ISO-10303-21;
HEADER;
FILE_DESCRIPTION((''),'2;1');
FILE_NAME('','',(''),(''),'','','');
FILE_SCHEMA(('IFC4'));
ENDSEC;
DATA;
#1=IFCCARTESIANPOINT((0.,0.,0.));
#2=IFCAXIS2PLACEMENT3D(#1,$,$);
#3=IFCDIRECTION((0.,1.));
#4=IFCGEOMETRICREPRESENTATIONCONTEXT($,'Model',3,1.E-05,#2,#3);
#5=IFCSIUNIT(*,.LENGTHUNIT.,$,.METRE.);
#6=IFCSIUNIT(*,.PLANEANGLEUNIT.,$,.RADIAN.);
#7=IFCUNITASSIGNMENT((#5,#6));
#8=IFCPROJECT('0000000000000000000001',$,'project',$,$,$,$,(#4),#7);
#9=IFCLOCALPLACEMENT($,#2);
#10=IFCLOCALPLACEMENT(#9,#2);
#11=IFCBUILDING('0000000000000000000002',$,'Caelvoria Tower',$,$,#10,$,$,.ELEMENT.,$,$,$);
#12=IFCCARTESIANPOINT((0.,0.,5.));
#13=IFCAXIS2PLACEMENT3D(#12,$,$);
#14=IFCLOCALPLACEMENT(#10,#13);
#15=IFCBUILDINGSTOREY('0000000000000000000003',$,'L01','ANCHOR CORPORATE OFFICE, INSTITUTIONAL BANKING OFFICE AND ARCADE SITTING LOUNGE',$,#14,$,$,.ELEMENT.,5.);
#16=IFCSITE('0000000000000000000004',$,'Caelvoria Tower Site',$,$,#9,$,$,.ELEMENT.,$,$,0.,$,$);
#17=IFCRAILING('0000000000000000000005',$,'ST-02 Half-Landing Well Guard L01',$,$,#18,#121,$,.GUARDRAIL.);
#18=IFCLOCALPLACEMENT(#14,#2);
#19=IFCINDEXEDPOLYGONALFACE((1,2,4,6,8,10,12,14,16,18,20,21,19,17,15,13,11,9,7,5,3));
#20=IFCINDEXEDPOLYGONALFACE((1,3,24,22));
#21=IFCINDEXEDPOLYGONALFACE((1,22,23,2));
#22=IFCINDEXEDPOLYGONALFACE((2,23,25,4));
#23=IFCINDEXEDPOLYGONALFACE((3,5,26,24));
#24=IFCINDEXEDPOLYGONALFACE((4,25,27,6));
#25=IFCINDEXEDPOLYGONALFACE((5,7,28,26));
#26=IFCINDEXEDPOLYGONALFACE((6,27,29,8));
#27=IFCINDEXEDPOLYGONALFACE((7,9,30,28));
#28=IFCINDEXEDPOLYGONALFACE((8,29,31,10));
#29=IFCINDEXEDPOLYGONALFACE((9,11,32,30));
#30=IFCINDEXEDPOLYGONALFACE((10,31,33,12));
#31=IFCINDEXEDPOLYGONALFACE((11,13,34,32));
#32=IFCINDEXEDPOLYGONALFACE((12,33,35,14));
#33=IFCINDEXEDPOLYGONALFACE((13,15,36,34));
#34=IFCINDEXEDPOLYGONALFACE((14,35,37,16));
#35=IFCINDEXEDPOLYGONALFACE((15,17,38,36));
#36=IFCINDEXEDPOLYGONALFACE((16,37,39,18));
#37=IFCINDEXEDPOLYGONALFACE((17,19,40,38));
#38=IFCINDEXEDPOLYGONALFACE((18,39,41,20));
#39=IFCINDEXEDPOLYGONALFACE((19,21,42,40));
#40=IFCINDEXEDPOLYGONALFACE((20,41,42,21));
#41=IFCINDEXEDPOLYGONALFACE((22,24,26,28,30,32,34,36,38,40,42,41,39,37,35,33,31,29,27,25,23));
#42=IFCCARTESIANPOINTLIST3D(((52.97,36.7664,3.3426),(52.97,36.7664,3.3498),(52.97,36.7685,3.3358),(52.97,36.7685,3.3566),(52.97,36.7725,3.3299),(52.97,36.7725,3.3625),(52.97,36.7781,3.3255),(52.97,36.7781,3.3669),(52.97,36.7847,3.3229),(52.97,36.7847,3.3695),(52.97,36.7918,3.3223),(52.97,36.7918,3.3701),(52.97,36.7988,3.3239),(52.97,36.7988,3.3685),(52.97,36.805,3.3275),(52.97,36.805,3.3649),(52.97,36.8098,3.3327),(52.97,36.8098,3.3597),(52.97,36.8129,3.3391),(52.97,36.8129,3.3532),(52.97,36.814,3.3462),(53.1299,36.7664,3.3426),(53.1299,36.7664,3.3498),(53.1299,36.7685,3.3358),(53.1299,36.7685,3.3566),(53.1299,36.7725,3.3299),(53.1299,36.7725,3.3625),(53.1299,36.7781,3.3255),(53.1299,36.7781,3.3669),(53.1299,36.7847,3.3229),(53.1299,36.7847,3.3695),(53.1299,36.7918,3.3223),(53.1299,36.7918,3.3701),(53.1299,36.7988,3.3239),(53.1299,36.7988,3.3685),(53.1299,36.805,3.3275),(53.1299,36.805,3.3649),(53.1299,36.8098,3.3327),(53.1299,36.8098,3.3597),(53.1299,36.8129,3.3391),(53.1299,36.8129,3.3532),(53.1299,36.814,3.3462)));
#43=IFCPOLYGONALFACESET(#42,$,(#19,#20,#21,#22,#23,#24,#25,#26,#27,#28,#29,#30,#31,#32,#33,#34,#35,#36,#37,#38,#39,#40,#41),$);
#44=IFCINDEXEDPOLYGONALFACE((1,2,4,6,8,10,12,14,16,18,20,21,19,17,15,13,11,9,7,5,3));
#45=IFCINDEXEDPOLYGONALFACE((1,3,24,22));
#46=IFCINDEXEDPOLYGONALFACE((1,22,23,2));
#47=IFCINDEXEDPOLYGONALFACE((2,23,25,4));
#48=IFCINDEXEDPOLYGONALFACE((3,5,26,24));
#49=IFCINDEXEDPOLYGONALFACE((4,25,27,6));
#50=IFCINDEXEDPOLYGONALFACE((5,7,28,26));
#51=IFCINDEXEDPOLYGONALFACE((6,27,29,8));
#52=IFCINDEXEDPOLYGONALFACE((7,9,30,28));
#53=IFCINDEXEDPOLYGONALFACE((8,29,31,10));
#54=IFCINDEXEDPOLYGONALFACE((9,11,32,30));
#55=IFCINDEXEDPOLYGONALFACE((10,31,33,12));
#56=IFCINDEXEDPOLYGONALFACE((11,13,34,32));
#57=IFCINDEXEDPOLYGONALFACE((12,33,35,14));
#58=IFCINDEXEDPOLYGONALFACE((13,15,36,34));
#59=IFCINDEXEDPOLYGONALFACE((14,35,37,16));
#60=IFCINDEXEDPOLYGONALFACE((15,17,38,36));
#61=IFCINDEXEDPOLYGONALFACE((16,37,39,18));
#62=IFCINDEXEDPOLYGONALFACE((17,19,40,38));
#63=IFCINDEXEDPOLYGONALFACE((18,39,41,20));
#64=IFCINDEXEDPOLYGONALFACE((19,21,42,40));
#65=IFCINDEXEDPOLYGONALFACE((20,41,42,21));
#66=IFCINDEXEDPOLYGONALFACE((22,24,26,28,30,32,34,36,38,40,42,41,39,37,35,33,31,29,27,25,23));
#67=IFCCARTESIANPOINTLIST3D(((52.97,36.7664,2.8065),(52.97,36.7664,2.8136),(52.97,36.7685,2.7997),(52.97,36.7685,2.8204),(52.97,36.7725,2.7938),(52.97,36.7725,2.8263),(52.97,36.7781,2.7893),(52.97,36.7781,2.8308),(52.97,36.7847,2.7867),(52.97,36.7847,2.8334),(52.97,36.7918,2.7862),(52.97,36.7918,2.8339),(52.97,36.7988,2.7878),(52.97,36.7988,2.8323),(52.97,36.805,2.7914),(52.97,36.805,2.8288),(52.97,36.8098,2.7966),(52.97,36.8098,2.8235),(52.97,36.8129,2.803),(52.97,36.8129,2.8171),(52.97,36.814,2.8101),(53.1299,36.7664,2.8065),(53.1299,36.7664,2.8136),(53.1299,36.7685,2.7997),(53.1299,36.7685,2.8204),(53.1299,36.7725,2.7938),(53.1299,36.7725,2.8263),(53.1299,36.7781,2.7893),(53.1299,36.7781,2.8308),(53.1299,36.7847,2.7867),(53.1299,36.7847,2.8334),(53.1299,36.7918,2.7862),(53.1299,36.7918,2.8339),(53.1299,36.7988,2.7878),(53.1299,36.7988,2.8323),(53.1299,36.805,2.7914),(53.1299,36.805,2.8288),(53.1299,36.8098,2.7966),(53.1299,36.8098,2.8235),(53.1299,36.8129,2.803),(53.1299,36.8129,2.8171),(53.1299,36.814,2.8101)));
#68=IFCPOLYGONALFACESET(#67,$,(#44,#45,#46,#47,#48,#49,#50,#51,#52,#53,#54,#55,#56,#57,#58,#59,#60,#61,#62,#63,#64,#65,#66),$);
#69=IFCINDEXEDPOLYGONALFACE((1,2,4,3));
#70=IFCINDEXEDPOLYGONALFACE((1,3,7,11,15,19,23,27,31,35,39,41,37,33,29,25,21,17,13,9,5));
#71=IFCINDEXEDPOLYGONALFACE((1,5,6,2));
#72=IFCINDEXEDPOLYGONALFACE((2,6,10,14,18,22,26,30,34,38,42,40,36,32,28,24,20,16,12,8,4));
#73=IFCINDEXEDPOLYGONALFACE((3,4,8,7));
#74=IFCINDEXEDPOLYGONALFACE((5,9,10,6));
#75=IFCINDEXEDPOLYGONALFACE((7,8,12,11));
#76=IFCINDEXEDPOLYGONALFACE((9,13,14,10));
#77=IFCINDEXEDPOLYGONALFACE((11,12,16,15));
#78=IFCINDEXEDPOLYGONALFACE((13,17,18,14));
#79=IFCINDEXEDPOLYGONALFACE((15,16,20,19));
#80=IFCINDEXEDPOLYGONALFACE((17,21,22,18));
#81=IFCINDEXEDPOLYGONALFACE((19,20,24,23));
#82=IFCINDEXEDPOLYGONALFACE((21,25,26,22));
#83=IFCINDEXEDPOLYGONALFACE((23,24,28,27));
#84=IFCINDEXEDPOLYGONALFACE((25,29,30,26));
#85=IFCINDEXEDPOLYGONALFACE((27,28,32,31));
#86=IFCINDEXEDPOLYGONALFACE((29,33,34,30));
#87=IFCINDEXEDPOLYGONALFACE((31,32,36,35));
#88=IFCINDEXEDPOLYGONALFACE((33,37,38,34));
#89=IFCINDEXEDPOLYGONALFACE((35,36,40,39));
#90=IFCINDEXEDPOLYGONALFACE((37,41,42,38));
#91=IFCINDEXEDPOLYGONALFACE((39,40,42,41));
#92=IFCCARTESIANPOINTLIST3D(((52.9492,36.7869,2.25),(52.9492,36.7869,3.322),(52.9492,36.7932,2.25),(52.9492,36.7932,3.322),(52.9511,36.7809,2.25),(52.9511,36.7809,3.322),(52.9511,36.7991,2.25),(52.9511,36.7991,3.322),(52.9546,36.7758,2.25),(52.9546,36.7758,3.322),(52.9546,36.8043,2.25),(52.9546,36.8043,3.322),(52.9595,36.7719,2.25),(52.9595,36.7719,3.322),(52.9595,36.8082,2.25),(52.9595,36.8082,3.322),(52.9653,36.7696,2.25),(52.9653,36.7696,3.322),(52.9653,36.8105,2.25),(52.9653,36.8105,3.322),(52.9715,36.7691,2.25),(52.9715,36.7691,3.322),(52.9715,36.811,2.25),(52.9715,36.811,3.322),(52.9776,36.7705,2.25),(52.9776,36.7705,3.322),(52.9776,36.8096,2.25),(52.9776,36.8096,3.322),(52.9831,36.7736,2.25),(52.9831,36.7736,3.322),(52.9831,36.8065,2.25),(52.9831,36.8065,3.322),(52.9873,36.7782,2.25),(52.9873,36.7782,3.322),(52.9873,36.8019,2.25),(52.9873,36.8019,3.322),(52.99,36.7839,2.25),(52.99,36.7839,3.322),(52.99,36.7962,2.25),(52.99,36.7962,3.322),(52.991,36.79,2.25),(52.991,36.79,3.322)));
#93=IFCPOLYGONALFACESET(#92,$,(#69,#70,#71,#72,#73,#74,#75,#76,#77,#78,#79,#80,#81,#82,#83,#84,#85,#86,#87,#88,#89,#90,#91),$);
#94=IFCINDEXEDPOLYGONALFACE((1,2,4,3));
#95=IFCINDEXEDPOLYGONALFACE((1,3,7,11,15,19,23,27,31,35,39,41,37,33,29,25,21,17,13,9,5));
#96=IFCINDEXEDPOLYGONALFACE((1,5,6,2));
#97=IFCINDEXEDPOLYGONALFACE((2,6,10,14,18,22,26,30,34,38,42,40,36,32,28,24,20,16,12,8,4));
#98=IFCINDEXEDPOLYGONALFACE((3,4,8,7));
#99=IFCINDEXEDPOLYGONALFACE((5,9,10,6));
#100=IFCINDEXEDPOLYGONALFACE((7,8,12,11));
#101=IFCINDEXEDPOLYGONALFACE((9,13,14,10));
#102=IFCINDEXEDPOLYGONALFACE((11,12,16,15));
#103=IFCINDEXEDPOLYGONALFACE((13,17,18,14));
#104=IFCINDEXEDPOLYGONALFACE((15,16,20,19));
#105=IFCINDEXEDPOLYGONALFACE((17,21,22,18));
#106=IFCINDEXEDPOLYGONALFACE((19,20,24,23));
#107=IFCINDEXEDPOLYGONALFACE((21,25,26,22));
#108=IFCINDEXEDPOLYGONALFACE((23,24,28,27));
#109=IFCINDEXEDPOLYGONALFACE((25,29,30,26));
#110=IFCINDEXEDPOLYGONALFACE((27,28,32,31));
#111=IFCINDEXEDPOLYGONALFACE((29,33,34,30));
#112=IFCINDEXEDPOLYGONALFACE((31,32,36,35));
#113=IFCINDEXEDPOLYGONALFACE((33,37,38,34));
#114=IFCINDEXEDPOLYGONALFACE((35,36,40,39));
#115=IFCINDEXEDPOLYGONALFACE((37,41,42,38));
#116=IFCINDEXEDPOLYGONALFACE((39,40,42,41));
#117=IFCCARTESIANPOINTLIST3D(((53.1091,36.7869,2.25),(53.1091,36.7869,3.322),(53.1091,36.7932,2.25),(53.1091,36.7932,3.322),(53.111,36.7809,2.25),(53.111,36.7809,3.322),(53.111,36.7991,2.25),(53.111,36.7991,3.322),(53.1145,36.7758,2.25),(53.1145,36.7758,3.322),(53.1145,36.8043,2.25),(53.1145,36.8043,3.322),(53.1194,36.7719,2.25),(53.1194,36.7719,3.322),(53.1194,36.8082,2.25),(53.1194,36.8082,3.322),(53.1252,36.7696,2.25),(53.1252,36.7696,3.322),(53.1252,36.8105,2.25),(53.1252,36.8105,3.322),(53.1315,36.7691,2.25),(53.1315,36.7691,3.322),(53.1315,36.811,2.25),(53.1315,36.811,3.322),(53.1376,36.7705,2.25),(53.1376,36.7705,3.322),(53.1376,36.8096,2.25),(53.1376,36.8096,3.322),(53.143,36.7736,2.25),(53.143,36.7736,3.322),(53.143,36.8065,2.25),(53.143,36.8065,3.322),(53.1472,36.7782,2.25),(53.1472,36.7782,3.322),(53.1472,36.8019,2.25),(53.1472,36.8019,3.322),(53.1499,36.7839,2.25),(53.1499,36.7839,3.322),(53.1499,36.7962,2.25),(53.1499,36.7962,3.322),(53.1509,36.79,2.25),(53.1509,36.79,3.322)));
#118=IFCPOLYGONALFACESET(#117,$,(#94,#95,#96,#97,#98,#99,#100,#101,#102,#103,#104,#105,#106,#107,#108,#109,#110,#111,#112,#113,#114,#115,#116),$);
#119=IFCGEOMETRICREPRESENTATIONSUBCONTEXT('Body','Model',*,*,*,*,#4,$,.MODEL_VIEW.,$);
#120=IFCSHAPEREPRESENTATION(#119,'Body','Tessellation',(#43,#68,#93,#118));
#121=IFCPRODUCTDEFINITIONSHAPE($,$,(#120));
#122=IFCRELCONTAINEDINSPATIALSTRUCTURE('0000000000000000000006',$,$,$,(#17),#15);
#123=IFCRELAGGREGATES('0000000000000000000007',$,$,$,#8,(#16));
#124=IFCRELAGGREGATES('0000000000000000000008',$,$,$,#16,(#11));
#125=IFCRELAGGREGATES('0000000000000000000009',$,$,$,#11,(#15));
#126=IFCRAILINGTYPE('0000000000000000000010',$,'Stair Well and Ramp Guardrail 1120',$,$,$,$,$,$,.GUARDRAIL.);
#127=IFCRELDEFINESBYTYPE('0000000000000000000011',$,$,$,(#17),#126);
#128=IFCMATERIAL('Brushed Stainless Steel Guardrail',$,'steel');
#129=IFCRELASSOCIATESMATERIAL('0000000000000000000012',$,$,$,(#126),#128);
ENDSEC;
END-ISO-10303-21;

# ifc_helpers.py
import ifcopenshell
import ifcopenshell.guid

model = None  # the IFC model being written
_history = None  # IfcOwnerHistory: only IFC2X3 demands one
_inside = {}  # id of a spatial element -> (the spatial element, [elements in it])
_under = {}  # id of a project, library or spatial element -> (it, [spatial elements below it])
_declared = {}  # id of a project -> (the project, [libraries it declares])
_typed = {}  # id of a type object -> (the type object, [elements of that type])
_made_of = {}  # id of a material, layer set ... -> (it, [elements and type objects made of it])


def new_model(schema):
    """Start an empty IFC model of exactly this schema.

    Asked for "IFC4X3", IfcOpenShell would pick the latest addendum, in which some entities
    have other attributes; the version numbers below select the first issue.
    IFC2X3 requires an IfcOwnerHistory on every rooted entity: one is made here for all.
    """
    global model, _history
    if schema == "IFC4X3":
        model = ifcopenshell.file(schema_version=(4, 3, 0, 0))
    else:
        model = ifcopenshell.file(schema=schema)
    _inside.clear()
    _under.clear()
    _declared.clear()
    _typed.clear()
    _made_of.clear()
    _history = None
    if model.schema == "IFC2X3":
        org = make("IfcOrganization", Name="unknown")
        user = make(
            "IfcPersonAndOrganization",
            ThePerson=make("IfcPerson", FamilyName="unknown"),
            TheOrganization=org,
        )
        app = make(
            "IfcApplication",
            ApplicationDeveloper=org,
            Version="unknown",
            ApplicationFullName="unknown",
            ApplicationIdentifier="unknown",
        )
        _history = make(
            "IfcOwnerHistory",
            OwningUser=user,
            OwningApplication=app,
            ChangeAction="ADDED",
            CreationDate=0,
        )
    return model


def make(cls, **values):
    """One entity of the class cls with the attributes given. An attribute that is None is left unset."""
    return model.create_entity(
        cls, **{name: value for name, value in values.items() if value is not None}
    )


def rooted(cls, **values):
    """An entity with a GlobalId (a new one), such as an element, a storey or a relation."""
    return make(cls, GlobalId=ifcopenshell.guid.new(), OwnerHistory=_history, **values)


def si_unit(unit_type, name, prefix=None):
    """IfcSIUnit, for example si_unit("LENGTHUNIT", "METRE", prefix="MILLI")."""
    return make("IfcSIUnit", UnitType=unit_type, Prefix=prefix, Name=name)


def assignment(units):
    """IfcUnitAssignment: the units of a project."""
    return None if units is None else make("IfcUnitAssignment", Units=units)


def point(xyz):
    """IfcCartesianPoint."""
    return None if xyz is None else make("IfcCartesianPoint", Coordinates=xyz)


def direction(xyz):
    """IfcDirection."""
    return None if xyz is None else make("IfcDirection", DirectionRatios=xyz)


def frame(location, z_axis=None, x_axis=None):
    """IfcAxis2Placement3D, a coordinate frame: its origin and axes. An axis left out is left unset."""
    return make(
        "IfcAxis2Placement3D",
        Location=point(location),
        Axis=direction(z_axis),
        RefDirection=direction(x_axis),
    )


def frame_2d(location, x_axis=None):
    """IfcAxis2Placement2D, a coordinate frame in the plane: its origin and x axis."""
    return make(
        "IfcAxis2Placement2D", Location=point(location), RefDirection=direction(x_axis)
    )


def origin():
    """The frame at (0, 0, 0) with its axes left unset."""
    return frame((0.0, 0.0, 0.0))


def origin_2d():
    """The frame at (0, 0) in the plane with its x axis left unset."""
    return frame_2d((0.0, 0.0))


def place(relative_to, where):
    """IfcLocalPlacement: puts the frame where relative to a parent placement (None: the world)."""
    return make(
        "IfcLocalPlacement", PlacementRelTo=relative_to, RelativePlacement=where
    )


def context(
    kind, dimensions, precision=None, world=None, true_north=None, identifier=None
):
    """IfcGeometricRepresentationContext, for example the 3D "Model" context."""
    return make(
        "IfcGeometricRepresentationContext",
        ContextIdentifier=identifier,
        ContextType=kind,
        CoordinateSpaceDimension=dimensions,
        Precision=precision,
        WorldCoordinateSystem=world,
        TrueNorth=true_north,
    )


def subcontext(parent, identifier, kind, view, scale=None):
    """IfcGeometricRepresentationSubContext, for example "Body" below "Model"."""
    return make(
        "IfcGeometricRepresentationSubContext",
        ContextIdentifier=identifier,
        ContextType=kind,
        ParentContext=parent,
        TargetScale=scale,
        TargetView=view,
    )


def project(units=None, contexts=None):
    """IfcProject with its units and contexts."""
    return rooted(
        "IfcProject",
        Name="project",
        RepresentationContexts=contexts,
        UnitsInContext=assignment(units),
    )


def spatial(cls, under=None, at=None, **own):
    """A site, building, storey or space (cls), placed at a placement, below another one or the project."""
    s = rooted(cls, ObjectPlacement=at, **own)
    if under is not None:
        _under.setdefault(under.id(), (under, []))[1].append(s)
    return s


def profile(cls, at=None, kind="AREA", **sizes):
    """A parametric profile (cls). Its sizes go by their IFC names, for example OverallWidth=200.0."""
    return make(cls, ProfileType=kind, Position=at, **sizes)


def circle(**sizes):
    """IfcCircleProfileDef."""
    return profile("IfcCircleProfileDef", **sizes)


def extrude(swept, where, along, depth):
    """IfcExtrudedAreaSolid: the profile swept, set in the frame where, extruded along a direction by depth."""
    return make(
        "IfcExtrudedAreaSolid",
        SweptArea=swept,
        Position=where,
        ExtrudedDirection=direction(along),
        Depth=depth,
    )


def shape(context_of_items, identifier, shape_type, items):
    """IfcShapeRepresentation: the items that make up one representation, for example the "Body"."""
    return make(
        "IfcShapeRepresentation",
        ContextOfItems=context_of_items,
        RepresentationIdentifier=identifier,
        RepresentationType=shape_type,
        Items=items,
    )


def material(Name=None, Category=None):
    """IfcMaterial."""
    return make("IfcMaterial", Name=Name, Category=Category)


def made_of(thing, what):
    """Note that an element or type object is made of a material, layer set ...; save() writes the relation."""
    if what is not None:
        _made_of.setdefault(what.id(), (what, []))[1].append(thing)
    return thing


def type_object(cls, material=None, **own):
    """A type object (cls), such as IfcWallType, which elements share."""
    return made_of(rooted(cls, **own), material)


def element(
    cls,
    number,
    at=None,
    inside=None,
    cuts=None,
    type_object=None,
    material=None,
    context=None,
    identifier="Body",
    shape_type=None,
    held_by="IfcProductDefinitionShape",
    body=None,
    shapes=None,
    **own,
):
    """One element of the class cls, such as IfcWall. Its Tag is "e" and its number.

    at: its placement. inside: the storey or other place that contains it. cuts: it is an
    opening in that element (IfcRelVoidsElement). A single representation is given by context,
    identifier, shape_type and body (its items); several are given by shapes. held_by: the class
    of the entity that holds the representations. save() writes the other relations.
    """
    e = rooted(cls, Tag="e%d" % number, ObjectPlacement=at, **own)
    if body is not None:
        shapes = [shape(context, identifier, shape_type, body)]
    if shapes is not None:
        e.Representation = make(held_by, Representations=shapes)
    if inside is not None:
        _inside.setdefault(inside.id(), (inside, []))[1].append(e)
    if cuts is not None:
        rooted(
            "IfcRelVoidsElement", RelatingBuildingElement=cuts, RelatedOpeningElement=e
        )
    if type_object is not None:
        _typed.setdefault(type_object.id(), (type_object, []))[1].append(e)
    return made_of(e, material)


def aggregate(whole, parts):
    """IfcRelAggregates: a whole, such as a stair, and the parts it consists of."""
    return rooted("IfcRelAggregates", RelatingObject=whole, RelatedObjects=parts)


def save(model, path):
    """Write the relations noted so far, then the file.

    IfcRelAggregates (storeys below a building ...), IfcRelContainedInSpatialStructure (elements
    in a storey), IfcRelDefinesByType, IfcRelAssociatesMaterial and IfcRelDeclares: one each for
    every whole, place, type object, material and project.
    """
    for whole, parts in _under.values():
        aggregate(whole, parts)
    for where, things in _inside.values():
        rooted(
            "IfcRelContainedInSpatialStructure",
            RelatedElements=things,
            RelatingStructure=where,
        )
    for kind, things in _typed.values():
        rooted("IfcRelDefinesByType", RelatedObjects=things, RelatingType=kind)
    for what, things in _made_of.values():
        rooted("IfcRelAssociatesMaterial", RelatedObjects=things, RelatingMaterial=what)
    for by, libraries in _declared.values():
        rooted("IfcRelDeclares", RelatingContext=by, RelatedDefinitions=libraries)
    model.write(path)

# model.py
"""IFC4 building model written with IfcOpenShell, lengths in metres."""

from ifc_helpers import new_model, si_unit, direction, frame, origin, origin_2d, place, context, subcontext, project, spatial, circle, extrude, material, type_object, element, save


model = new_model("IFC4")

# Units and contexts
model_context = context("Model", 3, precision=1e-05, world=origin(), true_north=direction((0.0, 1.0)))
body_context = subcontext(model_context, "Body", "Model", "MODEL_VIEW")
ifc_project = project(units=[si_unit("LENGTHUNIT", "METRE"), si_unit("PLANEANGLEUNIT", "RADIAN")], contexts=[model_context])

# Site, building, storey
site_placement = place(None, origin())
site = spatial("IfcSite", under=ifc_project, at=site_placement, Name="Caelvoria Tower Site", CompositionType="ELEMENT", RefElevation=0.0)
building_placement = place(site_placement, origin())
building = spatial("IfcBuilding", under=site, at=building_placement, Name="Caelvoria Tower", CompositionType="ELEMENT")
storey_placement = place(building_placement, frame((0.0, 0.0, 5.0)))
storey = spatial("IfcBuildingStorey", under=building, at=storey_placement, Name="L01", Description="ANCHOR CORPORATE OFFICE, INSTITUTIONAL BANKING OFFICE AND ARCADE SITTING LOUNGE", CompositionType="ELEMENT", Elevation=5.0)

# Railing
ifc_material_1 = material(Name="Brushed Stainless Steel Guardrail", Category="steel")
railing_type_1 = type_object("IfcRailingType", Name="Stair Well and Ramp Guardrail 1120", PredefinedType="GUARDRAIL", material=ifc_material_1)
railing_1_placement = place(storey_placement, frame((52.97, 36.79, 2.25)))
element("IfcRailing", 1, at=railing_1_placement, inside=storey, type_object=railing_type_1, Name="ST-02 Half-Landing Well Guard L01", PredefinedType="GUARDRAIL", context=body_context, shape_type="SweptSolid", body=[
    extrude(circle(Radius=0.0239, at=origin_2d()), frame((0.0, 0.0, 1.0962), z_axis=(1.0, 0.0, 0.0), x_axis=(0.0, 1.0, 0.0)), (0.0, 0.0, 1.0), 0.1599),
    extrude(circle(Radius=0.0239, at=origin_2d()), frame((0.0, 0.0, 0.5601), z_axis=(1.0, 0.0, 0.0), x_axis=(0.0, 1.0, 0.0)), (0.0, 0.0, 1.0), 0.1599),
    extrude(circle(Radius=0.021, at=origin_2d()), origin(), (0.0, 0.0, 1.0), 1.072),
    extrude(circle(Radius=0.021, at=origin_2d()), frame((0.1599, 0.0, 0.0)), (0.0, 0.0, 1.0), 1.072),
])

save(model, "model.ifc")
